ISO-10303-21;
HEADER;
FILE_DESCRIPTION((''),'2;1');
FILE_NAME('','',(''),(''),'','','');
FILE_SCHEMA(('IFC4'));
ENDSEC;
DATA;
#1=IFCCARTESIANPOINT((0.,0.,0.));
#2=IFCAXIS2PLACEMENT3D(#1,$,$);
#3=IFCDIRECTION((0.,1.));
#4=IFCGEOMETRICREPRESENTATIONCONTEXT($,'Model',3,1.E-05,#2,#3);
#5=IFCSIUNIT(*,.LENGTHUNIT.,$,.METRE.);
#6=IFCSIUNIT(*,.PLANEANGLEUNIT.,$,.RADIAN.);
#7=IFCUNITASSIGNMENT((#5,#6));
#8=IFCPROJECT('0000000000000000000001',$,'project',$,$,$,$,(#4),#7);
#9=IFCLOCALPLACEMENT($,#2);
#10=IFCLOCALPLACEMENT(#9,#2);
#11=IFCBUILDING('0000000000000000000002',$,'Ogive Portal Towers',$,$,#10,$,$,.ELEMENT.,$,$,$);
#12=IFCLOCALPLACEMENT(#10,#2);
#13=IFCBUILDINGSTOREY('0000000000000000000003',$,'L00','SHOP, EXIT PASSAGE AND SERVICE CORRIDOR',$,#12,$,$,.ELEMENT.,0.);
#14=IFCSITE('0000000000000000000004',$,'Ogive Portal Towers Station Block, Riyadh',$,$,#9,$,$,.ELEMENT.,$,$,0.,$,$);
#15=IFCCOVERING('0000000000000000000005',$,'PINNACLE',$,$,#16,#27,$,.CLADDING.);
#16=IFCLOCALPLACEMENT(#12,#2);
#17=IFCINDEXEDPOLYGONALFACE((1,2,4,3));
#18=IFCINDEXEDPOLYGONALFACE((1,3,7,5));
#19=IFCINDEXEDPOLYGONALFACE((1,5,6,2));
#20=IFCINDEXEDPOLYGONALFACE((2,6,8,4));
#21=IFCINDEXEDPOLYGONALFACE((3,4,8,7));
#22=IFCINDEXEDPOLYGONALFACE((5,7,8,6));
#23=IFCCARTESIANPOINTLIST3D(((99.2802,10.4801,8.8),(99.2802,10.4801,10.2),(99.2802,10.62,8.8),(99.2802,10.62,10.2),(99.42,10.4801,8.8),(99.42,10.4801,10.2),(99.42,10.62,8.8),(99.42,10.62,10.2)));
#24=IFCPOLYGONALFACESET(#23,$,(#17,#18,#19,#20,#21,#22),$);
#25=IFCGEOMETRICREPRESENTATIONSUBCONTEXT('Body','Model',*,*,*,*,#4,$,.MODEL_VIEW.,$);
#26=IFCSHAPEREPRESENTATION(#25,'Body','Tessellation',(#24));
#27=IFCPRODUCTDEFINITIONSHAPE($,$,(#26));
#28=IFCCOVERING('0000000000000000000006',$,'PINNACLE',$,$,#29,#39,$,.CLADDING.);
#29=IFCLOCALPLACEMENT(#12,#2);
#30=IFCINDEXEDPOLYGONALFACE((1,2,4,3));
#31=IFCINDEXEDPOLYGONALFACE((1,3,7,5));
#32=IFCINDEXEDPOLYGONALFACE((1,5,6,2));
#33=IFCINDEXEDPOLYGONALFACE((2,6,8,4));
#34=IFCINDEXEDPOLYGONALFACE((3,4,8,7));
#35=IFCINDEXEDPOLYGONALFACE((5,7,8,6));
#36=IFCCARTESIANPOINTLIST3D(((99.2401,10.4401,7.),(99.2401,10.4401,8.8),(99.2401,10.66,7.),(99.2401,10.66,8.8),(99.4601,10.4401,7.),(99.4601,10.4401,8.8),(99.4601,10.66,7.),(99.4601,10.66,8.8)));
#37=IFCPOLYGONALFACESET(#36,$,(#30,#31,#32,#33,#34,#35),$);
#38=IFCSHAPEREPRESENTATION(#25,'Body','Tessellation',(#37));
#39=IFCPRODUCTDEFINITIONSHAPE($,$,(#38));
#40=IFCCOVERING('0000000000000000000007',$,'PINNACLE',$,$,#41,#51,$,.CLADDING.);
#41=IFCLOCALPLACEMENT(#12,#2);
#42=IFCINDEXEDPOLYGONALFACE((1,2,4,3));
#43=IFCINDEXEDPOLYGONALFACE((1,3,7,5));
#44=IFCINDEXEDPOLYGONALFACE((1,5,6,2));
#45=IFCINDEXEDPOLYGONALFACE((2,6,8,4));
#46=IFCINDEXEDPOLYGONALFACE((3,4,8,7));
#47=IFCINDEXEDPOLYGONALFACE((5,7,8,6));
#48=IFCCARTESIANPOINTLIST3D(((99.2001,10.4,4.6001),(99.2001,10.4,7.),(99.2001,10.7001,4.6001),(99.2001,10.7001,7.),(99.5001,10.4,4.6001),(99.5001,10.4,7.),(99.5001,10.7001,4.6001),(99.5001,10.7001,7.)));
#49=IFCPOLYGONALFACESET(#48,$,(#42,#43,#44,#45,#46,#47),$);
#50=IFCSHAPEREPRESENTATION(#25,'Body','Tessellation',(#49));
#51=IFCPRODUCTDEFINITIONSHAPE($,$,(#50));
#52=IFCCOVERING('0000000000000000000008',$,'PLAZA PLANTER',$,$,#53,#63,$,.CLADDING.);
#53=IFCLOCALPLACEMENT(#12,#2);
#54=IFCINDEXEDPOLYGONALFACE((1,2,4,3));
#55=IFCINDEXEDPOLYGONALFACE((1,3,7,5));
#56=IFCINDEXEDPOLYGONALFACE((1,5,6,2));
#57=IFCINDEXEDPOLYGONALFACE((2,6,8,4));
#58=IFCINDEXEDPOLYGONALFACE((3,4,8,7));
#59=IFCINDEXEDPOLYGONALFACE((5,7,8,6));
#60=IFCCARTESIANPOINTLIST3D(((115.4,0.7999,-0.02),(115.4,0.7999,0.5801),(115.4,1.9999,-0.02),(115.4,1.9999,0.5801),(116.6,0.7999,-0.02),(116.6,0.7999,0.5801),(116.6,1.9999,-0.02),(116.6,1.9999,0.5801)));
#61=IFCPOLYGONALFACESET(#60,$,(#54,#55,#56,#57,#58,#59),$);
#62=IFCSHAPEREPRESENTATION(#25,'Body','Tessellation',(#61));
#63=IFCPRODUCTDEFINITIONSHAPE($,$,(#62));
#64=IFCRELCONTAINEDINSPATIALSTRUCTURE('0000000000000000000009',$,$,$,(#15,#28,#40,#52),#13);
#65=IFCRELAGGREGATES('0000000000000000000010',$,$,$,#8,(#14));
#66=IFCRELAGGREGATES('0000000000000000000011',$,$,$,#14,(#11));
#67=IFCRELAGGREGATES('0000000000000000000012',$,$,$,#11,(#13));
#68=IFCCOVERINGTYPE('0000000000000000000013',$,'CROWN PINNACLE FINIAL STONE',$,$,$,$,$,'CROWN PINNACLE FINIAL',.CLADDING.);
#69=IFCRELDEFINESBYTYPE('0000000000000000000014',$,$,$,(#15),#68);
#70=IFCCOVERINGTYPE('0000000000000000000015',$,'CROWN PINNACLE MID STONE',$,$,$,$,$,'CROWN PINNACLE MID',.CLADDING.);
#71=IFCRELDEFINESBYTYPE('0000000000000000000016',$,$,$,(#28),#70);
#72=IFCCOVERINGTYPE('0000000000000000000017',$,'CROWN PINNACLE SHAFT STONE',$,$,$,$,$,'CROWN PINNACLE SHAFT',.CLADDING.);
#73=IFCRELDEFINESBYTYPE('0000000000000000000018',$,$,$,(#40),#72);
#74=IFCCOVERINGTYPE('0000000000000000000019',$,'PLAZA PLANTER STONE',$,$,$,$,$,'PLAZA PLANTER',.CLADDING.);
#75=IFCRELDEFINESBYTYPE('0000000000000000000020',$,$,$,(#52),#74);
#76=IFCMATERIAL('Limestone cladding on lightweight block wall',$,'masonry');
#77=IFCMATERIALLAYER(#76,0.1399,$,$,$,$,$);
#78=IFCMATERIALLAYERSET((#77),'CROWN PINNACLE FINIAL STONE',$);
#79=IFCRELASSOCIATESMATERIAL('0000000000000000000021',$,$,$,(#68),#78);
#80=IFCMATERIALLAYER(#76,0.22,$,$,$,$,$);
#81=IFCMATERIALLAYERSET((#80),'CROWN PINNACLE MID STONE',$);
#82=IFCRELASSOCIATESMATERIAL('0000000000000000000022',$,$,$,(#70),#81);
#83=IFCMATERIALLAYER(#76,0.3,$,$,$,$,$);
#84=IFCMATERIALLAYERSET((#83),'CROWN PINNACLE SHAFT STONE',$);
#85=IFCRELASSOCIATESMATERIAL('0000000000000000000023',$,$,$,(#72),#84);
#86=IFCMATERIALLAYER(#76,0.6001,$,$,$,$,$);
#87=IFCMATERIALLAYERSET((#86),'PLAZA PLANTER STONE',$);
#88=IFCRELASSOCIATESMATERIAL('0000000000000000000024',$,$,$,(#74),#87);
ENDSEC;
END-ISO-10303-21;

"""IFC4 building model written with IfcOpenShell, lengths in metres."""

from ifc_helpers import new_model, si_unit, direction, frame, origin, origin_2d, place, context, subcontext, project, spatial, rectangle, extrude, material, layer, layer_set, type_object, element, save


model = new_model("IFC4")

# Units and contexts
model_context = context("Model", 3, precision=1e-05, world=origin(), true_north=direction((0.0, 1.0)))
body_context = subcontext(model_context, "Body", "Model", "MODEL_VIEW")
ifc_project = project(units=[si_unit("LENGTHUNIT", "METRE"), si_unit("PLANEANGLEUNIT", "RADIAN")], contexts=[model_context])

# Site, building, storey
site_placement = place(None, origin())
site = spatial("IfcSite", under=ifc_project, at=site_placement, Name="Ogive Portal Towers Station Block, Riyadh", CompositionType="ELEMENT", RefElevation=0.0)
building_placement = place(site_placement, origin())
building = spatial("IfcBuilding", under=site, at=building_placement, Name="Ogive Portal Towers", CompositionType="ELEMENT")
storey_placement = place(building_placement, origin())
storey = spatial("IfcBuildingStorey", under=building, at=storey_placement, Name="L00", Description="SHOP, EXIT PASSAGE AND SERVICE CORRIDOR", CompositionType="ELEMENT", Elevation=0.0)

# Shared definitions
ifc_material_1 = material(Name="Limestone cladding on lightweight block wall", Category="masonry")

# Coverings
ifc_layer_1 = layer(ifc_material_1, 0.1399)
ifc_layer_set_1 = layer_set([ifc_layer_1], Name="CROWN PINNACLE FINIAL STONE")
covering_type_1 = type_object("IfcCoveringType", Name="CROWN PINNACLE FINIAL STONE", ElementType="CROWN PINNACLE FINIAL", PredefinedType="CLADDING", material=ifc_layer_set_1)
covering_1_placement = place(storey_placement, frame((99.3501, 10.55, 8.8), z_axis=(0.0, 0.0, 1.0), x_axis=(1.0, 0.0, 0.0)))
element("IfcCovering", 1, at=covering_1_placement, inside=storey, type_object=covering_type_1, Name="PINNACLE", PredefinedType="CLADDING", context=body_context, shape_type="SweptSolid", body=[
    extrude(rectangle(XDim=0.1399, YDim=0.1399, at=origin_2d()), origin(), (0.0, 0.0, 1.0), 1.3999),
])
ifc_layer_2 = layer(ifc_material_1, 0.22)
ifc_layer_set_2 = layer_set([ifc_layer_2], Name="CROWN PINNACLE MID STONE")
covering_type_2 = type_object("IfcCoveringType", Name="CROWN PINNACLE MID STONE", ElementType="CROWN PINNACLE MID", PredefinedType="CLADDING", material=ifc_layer_set_2)
covering_2_placement = place(storey_placement, frame((99.3501, 10.55, 7.0), z_axis=(0.0, 0.0, 1.0), x_axis=(1.0, 0.0, 0.0)))
element("IfcCovering", 2, at=covering_2_placement, inside=storey, type_object=covering_type_2, Name="PINNACLE", PredefinedType="CLADDING", context=body_context, shape_type="SweptSolid", body=[
    extrude(rectangle(XDim=0.22, YDim=0.22, at=origin_2d()), origin(), (0.0, 0.0, 1.0), 1.8),
])
ifc_layer_3 = layer(ifc_material_1, 0.3)
ifc_layer_set_3 = layer_set([ifc_layer_3], Name="CROWN PINNACLE SHAFT STONE")
covering_type_3 = type_object("IfcCoveringType", Name="CROWN PINNACLE SHAFT STONE", ElementType="CROWN PINNACLE SHAFT", PredefinedType="CLADDING", material=ifc_layer_set_3)
covering_3_placement = place(storey_placement, frame((99.3501, 10.55, 4.6001), z_axis=(0.0, 0.0, 1.0), x_axis=(1.0, 0.0, 0.0)))
element("IfcCovering", 3, at=covering_3_placement, inside=storey, type_object=covering_type_3, Name="PINNACLE", PredefinedType="CLADDING", context=body_context, shape_type="SweptSolid", body=[
    extrude(rectangle(XDim=0.3, YDim=0.3, at=origin_2d()), origin(), (0.0, 0.0, 1.0), 2.3999),
])
ifc_layer_4 = layer(ifc_material_1, 0.6001)
ifc_layer_set_4 = layer_set([ifc_layer_4], Name="PLAZA PLANTER STONE")
covering_type_4 = type_object("IfcCoveringType", Name="PLAZA PLANTER STONE", ElementType="PLAZA PLANTER", PredefinedType="CLADDING", material=ifc_layer_set_4)
covering_4_placement = place(storey_placement, frame((116.0, 1.3999, -0.02), z_axis=(0.0, 0.0, 1.0), x_axis=(1.0, 0.0, 0.0)))
element("IfcCovering", 4, at=covering_4_placement, inside=storey, type_object=covering_type_4, Name="PLAZA PLANTER", PredefinedType="CLADDING", context=body_context, shape_type="SweptSolid", body=[
    extrude(rectangle(XDim=1.2, YDim=1.2, at=origin_2d()), origin(), (0.0, 0.0, 1.0), 0.6001),
])

save(model, "model.ifc")
